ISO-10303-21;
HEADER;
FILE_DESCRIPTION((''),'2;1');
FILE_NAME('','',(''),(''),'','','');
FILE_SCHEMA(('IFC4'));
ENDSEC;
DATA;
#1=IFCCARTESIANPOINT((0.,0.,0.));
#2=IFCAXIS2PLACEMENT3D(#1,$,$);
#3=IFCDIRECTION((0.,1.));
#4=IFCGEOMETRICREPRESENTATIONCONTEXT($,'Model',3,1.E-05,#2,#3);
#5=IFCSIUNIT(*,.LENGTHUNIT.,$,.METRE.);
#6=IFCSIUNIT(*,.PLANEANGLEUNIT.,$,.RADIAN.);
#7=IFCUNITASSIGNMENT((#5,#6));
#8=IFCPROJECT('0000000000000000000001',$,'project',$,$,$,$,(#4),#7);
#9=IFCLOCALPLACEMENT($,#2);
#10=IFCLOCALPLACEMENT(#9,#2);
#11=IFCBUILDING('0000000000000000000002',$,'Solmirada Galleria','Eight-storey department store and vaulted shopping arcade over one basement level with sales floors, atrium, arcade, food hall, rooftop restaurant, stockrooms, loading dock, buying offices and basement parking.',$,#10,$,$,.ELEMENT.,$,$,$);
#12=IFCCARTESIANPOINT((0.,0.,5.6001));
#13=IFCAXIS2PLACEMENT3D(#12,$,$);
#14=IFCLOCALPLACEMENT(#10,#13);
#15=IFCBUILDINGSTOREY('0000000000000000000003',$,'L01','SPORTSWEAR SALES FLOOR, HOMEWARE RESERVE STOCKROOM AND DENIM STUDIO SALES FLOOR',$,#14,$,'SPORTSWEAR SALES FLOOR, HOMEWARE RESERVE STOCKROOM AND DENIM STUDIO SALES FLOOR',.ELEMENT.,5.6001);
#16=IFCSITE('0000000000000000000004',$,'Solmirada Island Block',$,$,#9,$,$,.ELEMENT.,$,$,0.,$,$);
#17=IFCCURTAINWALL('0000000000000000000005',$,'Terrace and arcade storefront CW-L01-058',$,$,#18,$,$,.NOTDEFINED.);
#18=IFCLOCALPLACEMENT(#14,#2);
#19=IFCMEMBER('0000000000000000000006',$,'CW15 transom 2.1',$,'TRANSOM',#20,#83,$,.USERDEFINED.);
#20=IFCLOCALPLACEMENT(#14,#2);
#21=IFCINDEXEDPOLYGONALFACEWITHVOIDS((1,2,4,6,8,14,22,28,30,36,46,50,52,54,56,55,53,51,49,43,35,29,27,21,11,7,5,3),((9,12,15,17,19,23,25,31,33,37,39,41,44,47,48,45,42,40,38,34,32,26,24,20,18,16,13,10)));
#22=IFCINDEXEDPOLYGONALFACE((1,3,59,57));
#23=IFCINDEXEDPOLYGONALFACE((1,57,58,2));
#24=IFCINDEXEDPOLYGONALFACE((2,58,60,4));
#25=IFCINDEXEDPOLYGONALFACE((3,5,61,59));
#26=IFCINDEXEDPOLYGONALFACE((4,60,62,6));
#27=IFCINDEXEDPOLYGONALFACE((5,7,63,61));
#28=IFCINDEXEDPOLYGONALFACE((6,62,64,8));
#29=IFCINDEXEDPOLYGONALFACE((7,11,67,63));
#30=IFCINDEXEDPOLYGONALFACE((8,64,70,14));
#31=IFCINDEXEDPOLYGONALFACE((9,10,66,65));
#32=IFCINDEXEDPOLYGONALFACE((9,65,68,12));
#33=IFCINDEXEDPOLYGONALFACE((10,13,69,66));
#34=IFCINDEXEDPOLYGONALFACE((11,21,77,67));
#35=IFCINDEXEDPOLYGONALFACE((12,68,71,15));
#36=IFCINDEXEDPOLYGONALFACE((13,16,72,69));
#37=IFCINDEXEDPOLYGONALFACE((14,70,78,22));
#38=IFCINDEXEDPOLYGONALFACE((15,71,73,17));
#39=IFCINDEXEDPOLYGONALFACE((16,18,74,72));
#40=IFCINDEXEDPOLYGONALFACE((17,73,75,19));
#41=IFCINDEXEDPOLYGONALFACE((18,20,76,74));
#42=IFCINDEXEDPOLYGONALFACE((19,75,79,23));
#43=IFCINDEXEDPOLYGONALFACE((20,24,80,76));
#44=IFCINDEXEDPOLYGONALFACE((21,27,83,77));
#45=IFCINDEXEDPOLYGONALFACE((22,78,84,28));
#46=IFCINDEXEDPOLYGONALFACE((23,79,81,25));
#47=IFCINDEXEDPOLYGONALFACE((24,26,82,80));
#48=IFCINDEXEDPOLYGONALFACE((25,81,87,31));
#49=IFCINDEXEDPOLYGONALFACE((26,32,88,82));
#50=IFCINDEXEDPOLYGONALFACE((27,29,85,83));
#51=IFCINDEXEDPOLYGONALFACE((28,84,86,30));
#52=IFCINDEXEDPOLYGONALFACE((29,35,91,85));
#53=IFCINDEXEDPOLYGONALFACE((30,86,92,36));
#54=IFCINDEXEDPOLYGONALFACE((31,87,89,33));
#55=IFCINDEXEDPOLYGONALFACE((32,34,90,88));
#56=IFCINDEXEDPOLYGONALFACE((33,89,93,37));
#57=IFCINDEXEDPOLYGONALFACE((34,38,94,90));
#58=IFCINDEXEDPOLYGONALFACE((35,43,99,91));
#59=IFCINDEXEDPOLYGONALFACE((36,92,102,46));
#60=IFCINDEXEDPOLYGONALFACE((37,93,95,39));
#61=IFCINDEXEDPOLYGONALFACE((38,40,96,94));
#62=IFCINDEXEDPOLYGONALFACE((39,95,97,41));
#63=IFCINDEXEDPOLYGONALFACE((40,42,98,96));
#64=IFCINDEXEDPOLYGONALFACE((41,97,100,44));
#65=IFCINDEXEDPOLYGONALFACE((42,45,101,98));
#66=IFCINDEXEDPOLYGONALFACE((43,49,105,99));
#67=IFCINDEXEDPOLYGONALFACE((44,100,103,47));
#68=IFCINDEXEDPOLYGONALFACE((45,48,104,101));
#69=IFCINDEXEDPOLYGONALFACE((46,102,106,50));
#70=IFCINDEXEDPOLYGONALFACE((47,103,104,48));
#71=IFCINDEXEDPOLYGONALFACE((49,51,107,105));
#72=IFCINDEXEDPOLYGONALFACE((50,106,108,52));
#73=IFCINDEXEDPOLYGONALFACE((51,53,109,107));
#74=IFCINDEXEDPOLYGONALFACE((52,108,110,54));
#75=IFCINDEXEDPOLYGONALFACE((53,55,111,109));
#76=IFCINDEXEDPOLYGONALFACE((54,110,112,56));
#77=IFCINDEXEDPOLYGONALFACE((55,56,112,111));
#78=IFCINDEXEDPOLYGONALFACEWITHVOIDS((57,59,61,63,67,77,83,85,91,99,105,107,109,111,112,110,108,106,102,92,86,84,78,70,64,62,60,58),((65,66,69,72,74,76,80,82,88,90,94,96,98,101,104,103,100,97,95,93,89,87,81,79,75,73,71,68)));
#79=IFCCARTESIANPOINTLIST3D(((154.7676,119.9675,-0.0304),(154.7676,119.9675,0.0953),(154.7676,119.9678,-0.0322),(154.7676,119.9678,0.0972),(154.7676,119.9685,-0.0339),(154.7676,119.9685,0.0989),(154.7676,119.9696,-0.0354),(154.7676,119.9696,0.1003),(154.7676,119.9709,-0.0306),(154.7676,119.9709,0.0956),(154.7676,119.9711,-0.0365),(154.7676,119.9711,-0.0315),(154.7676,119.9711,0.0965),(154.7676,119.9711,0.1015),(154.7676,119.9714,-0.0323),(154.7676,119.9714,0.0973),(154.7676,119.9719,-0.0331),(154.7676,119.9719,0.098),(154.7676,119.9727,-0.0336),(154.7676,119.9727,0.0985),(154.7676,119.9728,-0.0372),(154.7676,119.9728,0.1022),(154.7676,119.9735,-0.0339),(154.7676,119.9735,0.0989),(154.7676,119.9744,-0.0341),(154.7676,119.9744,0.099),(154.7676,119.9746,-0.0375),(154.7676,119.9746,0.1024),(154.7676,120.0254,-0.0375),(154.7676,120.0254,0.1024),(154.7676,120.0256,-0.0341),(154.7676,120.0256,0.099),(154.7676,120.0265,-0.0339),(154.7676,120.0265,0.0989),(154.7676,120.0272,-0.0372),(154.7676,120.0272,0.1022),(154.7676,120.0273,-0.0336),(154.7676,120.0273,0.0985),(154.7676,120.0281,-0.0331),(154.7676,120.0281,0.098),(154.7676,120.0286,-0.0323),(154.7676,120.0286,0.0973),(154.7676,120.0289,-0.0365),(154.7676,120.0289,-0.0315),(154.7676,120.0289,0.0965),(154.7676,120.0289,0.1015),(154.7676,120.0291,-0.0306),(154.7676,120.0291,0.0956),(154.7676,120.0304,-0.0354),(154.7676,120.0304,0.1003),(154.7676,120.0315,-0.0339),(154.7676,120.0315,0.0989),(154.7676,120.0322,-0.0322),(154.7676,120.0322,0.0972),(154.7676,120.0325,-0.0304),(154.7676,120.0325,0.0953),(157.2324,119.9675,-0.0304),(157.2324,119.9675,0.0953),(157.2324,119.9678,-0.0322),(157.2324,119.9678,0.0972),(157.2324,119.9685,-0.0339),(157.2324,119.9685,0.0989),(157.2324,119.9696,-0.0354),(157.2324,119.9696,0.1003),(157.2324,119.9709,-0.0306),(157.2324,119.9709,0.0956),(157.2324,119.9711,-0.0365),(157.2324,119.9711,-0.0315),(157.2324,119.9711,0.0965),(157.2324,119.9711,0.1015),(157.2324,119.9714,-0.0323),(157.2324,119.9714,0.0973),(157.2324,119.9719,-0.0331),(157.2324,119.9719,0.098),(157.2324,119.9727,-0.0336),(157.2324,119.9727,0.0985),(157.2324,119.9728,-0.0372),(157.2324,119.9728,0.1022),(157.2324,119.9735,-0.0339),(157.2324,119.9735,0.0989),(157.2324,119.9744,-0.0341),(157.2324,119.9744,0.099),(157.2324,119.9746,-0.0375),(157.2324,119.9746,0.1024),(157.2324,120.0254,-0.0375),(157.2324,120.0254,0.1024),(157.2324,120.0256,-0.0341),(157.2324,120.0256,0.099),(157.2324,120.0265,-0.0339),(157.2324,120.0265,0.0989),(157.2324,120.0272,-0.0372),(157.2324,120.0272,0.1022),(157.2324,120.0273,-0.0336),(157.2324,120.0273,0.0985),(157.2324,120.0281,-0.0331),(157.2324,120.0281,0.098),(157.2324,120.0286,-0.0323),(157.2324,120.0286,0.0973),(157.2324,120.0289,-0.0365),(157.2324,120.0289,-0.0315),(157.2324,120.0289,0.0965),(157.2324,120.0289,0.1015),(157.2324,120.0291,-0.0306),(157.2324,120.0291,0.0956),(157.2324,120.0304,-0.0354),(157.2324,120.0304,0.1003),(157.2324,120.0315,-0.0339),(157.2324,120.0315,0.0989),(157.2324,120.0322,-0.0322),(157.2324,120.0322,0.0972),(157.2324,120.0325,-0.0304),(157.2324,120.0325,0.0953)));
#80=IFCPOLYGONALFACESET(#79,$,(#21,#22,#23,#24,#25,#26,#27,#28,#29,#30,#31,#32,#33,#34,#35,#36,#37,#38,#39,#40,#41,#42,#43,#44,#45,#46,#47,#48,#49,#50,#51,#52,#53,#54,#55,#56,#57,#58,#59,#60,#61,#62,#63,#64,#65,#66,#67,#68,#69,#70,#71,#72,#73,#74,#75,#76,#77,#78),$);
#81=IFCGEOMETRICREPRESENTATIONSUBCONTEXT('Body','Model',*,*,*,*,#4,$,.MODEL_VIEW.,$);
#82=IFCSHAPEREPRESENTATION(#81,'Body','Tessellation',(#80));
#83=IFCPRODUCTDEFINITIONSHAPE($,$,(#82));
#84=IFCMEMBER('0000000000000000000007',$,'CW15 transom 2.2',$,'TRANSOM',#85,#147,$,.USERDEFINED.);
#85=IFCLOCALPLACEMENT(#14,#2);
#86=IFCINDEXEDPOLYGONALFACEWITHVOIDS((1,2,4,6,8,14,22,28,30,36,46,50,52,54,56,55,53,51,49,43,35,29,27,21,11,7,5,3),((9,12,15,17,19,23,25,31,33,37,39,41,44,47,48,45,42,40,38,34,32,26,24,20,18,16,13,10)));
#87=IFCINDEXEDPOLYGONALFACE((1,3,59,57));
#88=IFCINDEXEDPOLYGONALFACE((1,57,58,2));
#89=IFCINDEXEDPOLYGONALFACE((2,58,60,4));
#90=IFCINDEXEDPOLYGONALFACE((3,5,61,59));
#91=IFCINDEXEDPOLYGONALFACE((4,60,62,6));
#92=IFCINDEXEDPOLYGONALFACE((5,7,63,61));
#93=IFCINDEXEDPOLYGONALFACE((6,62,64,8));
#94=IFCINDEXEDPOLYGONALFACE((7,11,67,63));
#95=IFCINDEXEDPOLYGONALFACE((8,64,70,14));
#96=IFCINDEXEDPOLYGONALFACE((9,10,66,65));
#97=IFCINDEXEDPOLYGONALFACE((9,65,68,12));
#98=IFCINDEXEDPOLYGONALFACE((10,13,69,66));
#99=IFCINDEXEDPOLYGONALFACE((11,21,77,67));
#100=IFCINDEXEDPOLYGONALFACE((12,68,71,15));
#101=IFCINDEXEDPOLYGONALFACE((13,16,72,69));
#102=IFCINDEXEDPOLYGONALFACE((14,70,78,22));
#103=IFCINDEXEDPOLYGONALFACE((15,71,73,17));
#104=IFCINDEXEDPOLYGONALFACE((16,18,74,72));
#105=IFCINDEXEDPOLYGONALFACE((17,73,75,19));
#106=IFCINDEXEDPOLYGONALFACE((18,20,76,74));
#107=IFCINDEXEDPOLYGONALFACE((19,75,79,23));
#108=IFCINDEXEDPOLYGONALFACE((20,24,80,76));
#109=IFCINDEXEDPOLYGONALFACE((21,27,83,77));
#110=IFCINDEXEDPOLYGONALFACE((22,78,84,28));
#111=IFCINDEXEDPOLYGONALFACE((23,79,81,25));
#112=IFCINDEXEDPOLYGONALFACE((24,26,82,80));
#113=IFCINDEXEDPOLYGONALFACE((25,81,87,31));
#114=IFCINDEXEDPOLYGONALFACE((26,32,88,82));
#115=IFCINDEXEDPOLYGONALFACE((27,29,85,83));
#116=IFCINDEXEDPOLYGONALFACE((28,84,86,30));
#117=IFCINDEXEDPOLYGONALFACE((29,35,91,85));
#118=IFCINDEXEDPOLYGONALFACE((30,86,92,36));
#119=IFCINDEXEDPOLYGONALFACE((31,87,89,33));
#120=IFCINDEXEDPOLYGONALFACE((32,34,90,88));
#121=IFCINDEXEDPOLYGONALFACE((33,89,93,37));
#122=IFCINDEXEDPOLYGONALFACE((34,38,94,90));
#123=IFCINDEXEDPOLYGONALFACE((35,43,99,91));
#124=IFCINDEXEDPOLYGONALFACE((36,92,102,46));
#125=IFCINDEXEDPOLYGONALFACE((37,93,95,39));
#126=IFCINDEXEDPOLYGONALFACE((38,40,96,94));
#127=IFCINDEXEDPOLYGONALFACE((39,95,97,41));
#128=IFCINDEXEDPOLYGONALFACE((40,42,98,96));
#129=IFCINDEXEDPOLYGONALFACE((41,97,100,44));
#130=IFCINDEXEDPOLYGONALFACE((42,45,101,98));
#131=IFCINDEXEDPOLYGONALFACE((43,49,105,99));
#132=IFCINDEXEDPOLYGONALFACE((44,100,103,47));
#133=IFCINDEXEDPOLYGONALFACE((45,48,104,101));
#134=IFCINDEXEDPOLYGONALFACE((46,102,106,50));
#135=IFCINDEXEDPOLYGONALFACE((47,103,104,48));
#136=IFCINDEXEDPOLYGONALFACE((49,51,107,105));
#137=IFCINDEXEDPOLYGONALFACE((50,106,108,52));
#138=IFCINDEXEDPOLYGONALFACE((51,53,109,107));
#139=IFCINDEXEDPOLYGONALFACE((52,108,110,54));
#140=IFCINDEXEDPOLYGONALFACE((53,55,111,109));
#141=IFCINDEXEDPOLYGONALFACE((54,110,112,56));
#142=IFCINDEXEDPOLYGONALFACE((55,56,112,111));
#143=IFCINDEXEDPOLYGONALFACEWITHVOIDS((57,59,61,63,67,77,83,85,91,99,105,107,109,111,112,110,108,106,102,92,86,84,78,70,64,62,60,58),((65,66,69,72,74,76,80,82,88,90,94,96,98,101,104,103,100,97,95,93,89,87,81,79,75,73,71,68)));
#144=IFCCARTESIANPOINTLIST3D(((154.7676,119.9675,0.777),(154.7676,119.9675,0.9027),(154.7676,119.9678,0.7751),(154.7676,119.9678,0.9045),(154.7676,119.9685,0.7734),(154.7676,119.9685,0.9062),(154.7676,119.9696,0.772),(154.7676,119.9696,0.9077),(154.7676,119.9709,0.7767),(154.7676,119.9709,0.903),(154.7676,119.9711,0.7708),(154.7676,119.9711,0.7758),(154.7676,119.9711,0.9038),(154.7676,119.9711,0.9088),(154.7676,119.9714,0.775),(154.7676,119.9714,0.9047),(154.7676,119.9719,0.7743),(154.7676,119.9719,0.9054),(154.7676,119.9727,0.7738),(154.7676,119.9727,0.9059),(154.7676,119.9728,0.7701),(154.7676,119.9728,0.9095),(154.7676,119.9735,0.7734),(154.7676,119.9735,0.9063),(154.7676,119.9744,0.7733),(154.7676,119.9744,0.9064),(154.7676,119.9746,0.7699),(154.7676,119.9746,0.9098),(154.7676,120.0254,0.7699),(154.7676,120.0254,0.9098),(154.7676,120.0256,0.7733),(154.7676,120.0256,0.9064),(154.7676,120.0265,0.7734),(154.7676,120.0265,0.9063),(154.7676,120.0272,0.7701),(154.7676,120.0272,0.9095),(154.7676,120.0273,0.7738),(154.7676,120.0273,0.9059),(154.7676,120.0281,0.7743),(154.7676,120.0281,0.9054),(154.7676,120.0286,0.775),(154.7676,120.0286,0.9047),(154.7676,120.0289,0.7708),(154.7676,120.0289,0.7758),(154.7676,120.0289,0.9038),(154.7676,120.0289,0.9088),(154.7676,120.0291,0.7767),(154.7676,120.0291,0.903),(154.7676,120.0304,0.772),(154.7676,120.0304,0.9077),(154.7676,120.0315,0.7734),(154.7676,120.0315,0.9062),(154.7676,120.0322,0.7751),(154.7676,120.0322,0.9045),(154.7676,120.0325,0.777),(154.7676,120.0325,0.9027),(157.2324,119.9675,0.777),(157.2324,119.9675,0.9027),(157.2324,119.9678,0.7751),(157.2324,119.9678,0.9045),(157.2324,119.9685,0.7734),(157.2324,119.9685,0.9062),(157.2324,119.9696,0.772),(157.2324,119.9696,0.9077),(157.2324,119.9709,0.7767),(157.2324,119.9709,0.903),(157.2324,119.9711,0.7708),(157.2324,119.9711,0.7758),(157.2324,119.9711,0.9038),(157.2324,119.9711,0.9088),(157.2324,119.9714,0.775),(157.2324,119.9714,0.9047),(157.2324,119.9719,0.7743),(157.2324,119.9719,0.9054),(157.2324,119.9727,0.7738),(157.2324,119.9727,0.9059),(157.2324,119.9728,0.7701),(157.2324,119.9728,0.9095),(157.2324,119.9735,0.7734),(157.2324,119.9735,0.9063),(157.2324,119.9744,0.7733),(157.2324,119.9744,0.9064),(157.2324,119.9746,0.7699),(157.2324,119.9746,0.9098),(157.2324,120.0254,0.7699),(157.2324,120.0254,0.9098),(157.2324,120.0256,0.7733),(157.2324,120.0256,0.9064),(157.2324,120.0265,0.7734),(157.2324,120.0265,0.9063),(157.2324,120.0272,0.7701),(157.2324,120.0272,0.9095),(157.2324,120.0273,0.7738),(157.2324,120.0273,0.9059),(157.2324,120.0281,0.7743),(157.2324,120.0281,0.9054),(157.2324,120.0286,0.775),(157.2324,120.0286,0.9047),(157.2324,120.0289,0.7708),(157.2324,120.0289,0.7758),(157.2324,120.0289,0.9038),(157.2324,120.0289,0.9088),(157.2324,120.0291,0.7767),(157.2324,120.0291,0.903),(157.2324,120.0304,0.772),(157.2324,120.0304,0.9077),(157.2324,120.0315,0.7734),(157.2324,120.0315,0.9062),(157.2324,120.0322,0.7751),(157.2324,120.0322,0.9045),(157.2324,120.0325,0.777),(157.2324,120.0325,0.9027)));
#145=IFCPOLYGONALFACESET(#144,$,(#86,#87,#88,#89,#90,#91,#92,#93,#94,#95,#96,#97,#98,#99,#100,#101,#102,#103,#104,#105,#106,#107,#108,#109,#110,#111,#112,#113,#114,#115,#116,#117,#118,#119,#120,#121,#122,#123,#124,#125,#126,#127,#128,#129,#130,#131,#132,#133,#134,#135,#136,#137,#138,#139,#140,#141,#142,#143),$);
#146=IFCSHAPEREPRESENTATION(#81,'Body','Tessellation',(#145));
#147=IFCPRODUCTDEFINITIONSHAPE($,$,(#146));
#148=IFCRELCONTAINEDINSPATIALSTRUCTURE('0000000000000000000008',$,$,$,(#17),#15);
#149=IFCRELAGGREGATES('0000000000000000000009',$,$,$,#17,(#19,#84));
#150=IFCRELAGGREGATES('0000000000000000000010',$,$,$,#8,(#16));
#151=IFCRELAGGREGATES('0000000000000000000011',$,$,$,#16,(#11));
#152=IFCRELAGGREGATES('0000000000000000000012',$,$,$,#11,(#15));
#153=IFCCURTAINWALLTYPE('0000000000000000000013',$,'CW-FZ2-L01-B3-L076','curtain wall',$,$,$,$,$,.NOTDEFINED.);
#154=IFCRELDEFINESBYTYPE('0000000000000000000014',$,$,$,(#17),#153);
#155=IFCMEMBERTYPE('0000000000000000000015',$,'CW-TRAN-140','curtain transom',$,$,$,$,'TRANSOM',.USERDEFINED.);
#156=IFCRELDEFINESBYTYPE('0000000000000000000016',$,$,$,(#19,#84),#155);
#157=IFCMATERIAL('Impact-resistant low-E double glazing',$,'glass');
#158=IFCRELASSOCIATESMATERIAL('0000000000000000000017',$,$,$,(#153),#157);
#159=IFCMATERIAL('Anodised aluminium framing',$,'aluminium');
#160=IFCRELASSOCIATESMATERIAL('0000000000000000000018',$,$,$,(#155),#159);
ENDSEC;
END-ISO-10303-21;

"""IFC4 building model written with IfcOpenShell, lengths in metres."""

from ifc_helpers import new_model, si_unit, direction, frame, origin, origin_2d, place, context, subcontext, project, spatial, hollow_rectangle, extrude, material, material_profile, profile_set, type_object, element, aggregate, save


model = new_model("IFC4")

# Units and contexts
model_context = context("Model", 3, precision=1e-05, world=origin(), true_north=direction((0.0, 1.0)))
body_context = subcontext(model_context, "Body", "Model", "MODEL_VIEW")
ifc_project = project(units=[si_unit("LENGTHUNIT", "METRE"), si_unit("PLANEANGLEUNIT", "RADIAN")], contexts=[model_context])

# Site, building, storey
site_placement = place(None, origin())
site = spatial("IfcSite", under=ifc_project, at=site_placement, Name="Solmirada Island Block", CompositionType="ELEMENT", RefElevation=0.0)
building_placement = place(site_placement, origin())
building = spatial("IfcBuilding", under=site, at=building_placement, Name="Solmirada Galleria", Description="Eight-storey department store and vaulted shopping arcade over one basement level with sales floors, atrium, arcade, food hall, rooftop restaurant, stockrooms, loading dock, buying offices and basement parking.", CompositionType="ELEMENT")
storey_placement = place(building_placement, frame((0.0, 0.0, 5.6001)))
storey = spatial("IfcBuildingStorey", under=building, at=storey_placement, Name="L01", Description="SPORTSWEAR SALES FLOOR, HOMEWARE RESERVE STOCKROOM AND DENIM STUDIO SALES FLOOR", LongName="SPORTSWEAR SALES FLOOR, HOMEWARE RESERVE STOCKROOM AND DENIM STUDIO SALES FLOOR", CompositionType="ELEMENT", Elevation=5.6001)

# Curtain wall, members
ifc_material_1 = material(Name="Impact-resistant low-E double glazing", Category="glass")
curtain_wall_type = type_object("IfcCurtainWallType", Name="CW-FZ2-L01-B3-L076", Description="curtain wall", PredefinedType="NOTDEFINED", material=ifc_material_1)
curtain_wall_placement = place(storey_placement, origin())
curtain_wall = element("IfcCurtainWall", 1, at=curtain_wall_placement, inside=storey, type_object=curtain_wall_type, Name="Terrace and arcade storefront CW-L01-058", PredefinedType="NOTDEFINED")
ifc_material_2 = material(Name="Anodised aluminium framing", Category="aluminium")
ifc_material_profile_1 = material_profile(ifc_material_2, hollow_rectangle(XDim=0.0649, YDim=0.1399, WallThickness=0.0034, InnerFilletRadius=0.0034, OuterFilletRadius=0.0071, at=origin_2d()), Name="ALU-TRAN-140X65")
ifc_profile_set_1 = profile_set([ifc_material_profile_1], Name="Anodised aluminium framing")
member_type_1 = type_object("IfcMemberType", Name="CW-TRAN-140", Description="curtain transom", ElementType="TRANSOM", PredefinedType="USERDEFINED", material=ifc_profile_set_1)
member_1_placement = place(storey_placement, frame((154.7676, 120.0, 0.0325), z_axis=(1.0, 0.0, 0.0), x_axis=(0.0, 1.0, 0.0)))
member_1 = element("IfcMember", 2, at=member_1_placement, type_object=member_type_1, Name="CW15 transom 2.1", ObjectType="TRANSOM", PredefinedType="USERDEFINED", context=body_context, shape_type="SweptSolid", body=[
    extrude(hollow_rectangle(XDim=0.0649, YDim=0.1399, WallThickness=0.0034, InnerFilletRadius=0.0034, OuterFilletRadius=0.0071, at=origin_2d()), origin(), (0.0, 0.0, 1.0), 2.4648),
])
member_2_placement = place(storey_placement, frame((154.7676, 120.0, 0.8398), z_axis=(1.0, 0.0, 0.0), x_axis=(0.0, 1.0, 0.0)))
member_2 = element("IfcMember", 3, at=member_2_placement, type_object=member_type_1, Name="CW15 transom 2.2", ObjectType="TRANSOM", PredefinedType="USERDEFINED", context=body_context, shape_type="SweptSolid", body=[
    extrude(hollow_rectangle(XDim=0.0649, YDim=0.1399, WallThickness=0.0034, InnerFilletRadius=0.0034, OuterFilletRadius=0.0071, at=origin_2d()), origin(), (0.0, 0.0, 1.0), 2.4648),
])
aggregate(curtain_wall, [member_1, member_2])

save(model, "model.ifc")
